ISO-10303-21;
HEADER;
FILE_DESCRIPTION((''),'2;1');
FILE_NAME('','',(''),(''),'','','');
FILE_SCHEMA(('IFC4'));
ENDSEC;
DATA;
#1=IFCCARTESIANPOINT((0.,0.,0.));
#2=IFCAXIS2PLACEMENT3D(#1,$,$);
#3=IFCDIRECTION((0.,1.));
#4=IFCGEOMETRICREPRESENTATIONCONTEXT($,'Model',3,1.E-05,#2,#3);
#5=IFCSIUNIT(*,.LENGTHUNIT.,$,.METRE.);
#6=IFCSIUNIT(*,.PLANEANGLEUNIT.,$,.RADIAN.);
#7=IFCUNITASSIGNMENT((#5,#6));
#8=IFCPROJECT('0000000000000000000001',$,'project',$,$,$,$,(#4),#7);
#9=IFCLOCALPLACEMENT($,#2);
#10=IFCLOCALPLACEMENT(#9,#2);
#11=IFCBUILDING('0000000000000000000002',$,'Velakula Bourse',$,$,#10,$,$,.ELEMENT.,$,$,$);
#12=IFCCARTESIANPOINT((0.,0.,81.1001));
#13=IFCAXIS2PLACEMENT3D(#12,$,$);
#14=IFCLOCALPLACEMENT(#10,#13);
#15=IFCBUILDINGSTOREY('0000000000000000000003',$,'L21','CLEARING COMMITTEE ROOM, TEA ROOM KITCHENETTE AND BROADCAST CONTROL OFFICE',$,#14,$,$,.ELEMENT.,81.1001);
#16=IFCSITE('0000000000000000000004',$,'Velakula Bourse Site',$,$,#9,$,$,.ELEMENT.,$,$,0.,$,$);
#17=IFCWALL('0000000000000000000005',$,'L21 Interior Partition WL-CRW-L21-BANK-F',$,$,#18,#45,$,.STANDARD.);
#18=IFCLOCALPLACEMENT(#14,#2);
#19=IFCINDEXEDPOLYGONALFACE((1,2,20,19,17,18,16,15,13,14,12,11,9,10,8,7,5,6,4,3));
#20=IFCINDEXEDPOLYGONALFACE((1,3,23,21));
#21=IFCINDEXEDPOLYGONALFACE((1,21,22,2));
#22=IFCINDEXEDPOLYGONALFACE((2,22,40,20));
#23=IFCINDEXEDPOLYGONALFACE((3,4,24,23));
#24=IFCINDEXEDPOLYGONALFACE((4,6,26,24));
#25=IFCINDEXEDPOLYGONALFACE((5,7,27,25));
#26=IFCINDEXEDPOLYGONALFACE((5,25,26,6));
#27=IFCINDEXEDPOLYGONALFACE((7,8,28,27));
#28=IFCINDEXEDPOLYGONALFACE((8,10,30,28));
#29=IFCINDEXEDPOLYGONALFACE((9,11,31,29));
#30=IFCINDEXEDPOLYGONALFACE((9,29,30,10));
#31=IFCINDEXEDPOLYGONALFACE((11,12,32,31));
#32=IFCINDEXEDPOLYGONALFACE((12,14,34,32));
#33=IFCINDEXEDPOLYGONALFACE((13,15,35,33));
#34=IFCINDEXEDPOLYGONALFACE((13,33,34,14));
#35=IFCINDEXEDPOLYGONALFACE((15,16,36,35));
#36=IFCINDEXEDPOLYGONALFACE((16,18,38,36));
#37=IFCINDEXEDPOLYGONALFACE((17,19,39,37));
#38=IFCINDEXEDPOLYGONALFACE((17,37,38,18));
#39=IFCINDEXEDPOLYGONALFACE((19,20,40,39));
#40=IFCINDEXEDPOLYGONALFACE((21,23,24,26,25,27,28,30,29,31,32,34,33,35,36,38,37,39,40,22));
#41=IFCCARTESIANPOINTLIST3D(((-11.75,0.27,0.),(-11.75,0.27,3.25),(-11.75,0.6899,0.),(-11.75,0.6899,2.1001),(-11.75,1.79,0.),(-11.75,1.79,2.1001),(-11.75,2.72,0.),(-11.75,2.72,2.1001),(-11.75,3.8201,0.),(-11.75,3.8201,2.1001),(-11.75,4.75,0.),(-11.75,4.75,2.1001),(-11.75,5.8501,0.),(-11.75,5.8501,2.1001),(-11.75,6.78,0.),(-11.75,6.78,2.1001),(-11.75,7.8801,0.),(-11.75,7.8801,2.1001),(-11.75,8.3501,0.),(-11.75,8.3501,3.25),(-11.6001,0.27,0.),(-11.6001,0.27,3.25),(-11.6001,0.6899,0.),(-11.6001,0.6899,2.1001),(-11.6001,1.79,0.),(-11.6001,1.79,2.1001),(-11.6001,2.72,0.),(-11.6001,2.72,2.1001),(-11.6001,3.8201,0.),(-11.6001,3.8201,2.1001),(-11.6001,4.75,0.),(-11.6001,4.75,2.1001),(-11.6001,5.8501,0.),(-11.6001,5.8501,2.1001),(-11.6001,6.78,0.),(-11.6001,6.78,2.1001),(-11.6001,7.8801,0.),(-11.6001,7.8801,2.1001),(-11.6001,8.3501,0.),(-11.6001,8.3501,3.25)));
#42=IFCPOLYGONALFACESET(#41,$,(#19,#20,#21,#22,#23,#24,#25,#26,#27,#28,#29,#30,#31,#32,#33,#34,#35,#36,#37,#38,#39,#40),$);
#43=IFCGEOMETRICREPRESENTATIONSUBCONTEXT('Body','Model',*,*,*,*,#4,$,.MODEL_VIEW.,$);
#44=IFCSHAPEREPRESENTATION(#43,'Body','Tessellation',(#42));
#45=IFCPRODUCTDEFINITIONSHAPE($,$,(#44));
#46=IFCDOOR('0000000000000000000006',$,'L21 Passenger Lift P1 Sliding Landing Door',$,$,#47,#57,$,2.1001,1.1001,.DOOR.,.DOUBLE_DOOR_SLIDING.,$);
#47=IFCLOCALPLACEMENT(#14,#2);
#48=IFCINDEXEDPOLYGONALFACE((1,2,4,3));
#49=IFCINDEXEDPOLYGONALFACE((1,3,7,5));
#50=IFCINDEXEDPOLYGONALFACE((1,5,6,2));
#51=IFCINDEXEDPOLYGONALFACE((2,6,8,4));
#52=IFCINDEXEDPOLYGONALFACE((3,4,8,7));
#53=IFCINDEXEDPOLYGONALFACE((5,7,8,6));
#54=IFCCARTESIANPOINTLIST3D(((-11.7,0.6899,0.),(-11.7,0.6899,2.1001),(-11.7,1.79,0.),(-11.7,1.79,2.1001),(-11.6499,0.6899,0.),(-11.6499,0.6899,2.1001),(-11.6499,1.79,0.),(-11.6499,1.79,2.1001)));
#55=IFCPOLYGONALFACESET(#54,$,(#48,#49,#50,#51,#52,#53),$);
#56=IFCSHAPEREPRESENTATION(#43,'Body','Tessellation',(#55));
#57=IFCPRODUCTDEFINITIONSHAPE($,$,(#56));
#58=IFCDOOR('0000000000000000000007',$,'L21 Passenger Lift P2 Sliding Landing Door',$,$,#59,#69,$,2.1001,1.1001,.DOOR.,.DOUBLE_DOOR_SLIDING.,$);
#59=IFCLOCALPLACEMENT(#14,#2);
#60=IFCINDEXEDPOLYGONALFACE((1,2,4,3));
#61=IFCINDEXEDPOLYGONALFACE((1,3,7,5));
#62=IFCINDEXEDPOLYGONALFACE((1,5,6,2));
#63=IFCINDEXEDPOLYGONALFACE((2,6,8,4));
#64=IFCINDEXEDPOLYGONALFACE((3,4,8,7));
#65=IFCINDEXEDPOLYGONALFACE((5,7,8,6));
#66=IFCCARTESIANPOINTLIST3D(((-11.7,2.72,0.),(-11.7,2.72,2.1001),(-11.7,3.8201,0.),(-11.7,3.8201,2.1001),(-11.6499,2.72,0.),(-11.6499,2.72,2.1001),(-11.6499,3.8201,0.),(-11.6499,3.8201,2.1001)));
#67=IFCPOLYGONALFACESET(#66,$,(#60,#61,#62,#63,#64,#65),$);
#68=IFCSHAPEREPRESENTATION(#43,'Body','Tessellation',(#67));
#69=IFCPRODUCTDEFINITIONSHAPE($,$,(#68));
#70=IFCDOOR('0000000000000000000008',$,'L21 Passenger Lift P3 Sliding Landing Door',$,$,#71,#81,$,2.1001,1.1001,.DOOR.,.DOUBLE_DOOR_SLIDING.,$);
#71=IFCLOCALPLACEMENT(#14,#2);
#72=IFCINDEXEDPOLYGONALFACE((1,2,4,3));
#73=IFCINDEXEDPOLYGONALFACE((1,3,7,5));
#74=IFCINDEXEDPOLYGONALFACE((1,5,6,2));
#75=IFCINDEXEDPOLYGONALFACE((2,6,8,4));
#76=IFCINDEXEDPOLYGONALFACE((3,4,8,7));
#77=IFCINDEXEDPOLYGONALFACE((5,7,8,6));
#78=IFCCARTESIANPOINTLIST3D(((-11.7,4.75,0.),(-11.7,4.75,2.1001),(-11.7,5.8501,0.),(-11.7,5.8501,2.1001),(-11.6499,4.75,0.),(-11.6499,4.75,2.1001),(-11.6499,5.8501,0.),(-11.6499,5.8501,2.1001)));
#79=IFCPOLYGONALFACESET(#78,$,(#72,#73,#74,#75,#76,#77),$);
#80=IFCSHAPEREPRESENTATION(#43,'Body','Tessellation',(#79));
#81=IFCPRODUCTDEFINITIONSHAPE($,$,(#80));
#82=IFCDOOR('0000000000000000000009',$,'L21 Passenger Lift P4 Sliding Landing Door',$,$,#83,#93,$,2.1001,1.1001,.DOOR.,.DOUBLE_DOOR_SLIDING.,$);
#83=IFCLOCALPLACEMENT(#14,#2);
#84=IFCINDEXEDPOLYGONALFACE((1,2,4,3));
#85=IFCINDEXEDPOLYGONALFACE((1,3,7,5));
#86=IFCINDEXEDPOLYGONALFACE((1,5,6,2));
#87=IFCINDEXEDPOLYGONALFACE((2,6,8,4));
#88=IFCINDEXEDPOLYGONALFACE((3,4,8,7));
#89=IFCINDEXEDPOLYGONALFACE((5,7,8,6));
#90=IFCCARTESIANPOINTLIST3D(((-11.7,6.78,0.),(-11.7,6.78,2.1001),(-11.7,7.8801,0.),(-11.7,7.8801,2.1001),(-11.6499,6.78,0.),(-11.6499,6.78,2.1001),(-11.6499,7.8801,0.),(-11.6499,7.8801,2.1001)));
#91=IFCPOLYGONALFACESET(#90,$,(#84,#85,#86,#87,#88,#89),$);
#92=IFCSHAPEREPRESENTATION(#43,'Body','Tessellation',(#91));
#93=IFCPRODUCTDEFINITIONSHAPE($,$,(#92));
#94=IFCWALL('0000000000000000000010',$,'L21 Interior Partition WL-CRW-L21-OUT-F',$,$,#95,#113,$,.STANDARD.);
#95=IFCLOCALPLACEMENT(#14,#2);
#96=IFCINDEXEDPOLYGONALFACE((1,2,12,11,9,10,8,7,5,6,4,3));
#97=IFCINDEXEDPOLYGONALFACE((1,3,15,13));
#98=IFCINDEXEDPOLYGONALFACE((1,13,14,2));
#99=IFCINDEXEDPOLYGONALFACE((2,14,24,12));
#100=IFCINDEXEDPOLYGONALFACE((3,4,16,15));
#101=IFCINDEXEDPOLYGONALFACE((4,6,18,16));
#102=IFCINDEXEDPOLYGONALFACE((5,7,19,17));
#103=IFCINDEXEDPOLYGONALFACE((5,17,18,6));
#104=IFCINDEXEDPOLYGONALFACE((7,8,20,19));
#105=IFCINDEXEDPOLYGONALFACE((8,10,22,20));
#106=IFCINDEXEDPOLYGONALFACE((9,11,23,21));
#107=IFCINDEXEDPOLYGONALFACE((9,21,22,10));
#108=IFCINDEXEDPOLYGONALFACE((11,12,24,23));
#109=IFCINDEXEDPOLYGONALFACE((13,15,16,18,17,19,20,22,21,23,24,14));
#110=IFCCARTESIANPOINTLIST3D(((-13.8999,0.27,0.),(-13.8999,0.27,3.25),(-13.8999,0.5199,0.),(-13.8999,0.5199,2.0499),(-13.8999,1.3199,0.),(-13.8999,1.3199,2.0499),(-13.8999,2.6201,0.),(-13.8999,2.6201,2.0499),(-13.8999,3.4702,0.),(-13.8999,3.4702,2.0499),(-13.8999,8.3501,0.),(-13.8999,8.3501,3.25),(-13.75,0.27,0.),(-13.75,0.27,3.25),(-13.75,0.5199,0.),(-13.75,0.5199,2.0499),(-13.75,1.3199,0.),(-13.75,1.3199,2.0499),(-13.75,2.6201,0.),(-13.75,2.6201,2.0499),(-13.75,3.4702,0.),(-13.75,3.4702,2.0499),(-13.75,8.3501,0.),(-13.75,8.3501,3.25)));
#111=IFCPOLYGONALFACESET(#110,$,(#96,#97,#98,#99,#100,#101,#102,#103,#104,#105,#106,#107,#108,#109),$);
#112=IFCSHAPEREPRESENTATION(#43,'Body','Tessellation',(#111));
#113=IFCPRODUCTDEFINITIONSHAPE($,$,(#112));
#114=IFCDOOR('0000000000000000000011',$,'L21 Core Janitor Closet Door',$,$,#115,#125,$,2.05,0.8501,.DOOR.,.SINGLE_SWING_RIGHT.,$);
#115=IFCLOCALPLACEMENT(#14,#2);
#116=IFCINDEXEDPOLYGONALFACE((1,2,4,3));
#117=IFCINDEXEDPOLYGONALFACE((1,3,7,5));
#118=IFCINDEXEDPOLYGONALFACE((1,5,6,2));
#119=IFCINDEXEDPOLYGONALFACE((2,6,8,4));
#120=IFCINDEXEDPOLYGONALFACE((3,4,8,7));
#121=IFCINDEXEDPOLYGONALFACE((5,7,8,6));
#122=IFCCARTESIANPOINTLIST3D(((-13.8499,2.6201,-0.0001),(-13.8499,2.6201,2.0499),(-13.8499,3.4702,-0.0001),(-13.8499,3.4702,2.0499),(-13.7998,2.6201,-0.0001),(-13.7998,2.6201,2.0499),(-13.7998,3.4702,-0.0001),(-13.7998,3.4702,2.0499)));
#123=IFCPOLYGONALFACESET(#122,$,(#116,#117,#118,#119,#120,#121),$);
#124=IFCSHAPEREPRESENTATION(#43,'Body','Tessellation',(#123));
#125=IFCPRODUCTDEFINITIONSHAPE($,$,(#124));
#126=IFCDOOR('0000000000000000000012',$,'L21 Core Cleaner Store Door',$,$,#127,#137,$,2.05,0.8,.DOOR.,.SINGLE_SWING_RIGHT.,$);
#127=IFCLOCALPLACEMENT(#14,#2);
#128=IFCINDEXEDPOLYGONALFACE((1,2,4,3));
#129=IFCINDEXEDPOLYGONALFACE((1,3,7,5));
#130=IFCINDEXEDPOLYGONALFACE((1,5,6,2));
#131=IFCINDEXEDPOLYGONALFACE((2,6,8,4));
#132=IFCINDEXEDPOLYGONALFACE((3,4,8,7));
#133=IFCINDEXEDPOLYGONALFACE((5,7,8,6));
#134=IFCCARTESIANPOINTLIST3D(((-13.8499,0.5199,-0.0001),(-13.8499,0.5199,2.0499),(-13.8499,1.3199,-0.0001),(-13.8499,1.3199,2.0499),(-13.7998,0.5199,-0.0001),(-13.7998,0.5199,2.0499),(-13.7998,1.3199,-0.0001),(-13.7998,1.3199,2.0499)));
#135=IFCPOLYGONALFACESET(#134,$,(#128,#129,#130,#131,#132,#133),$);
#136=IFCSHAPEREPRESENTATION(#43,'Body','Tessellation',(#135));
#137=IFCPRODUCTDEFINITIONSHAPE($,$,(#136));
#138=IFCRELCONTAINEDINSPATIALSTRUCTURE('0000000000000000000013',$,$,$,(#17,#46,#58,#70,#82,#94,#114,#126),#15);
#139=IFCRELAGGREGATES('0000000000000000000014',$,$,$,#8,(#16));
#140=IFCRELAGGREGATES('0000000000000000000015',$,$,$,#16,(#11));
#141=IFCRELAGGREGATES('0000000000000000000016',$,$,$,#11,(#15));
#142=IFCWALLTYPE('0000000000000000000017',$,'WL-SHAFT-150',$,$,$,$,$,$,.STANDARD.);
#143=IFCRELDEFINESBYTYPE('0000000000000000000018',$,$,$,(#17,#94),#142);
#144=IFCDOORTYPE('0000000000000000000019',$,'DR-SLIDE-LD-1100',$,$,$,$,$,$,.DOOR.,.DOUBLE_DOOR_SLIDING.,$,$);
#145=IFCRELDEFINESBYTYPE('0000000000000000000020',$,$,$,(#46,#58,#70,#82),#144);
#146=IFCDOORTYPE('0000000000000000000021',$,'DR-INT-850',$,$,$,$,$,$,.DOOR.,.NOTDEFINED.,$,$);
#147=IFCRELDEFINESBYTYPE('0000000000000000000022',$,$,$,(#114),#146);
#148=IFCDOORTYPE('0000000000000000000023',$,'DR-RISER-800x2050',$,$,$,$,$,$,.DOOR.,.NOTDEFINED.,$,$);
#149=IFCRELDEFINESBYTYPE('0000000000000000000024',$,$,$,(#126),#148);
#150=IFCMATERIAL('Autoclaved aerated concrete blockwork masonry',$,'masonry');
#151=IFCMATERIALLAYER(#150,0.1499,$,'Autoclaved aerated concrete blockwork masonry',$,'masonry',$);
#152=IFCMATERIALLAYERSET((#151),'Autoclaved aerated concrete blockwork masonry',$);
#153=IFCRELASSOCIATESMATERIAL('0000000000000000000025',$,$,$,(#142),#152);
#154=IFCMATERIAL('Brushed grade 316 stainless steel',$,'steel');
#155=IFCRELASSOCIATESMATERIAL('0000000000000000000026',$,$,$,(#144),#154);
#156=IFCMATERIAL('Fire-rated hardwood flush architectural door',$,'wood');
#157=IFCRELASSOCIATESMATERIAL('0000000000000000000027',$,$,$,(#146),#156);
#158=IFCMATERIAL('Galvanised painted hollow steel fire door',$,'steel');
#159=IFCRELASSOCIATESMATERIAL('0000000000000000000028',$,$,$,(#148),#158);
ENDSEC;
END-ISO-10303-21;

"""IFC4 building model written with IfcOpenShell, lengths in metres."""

from ifc_helpers import new_model, si_unit, direction, frame, frame_2d, origin, place, context, subcontext, project, spatial, rectangle, extrude, material, layer, layer_set, type_object, element, fill, save


model = new_model("IFC4")

# Units and contexts
model_context = context("Model", 3, precision=1e-05, world=origin(), true_north=direction((0.0, 1.0)))
body_context = subcontext(model_context, "Body", "Model", "MODEL_VIEW")
ifc_project = project(units=[si_unit("LENGTHUNIT", "METRE"), si_unit("PLANEANGLEUNIT", "RADIAN")], contexts=[model_context])

# Site, building, storey
site_placement = place(None, origin())
site = spatial("IfcSite", under=ifc_project, at=site_placement, Name="Velakula Bourse Site", CompositionType="ELEMENT", RefElevation=0.0)
building_placement = place(site_placement, origin())
building = spatial("IfcBuilding", under=site, at=building_placement, Name="Velakula Bourse", CompositionType="ELEMENT")
storey_placement = place(building_placement, frame((0.0, 0.0, 81.1001)))
storey = spatial("IfcBuildingStorey", under=building, at=storey_placement, Name="L21", Description="CLEARING COMMITTEE ROOM, TEA ROOM KITCHENETTE AND BROADCAST CONTROL OFFICE", CompositionType="ELEMENT", Elevation=81.1001)

# Shared definitions
ifc_material_1 = material(Name="Autoclaved aerated concrete blockwork masonry", Category="masonry")
ifc_layer_1 = layer(ifc_material_1, 0.1499, Name="Autoclaved aerated concrete blockwork masonry", Category="masonry")
ifc_layer_set_1 = layer_set([ifc_layer_1], Name="Autoclaved aerated concrete blockwork masonry")
wall_type_1 = type_object("IfcWallType", Name="WL-SHAFT-150", PredefinedType="STANDARD", material=ifc_layer_set_1)

# Walls, openings, doors
wall_1_placement = place(storey_placement, frame((-11.675, 0.27, 0.0), z_axis=(0.0, 0.0, 1.0), x_axis=(0.0, 1.0, 0.0)))
wall_1 = element("IfcWall", 1, at=wall_1_placement, inside=storey, type_object=wall_type_1, Name="L21 Interior Partition WL-CRW-L21-BANK-F", PredefinedType="STANDARD", context=body_context, shape_type="SweptSolid", body=[
    extrude(rectangle(XDim=8.0801, YDim=0.1499, at=frame_2d((4.04, 0.0))), origin(), (0.0, 0.0, 1.0), 3.25),
])
opening_1_placement = place(wall_1_placement, frame((0.4199, 0.0, 0.0)))
opening_1 = element("IfcOpeningElement", 2, at=opening_1_placement, cuts=wall_1, PredefinedType="OPENING", context=body_context, shape_type="SweptSolid", body=[
    extrude(rectangle(XDim=1.1001, YDim=2.1001, at=frame_2d((0.55, 1.05))), frame((0.0, 0.085, 0.0), z_axis=(0.0, -1.0, 0.0), x_axis=(1.0, 0.0, 0.0)), (0.0, 0.0, 1.0), 0.1699),
])
opening_2_placement = place(wall_1_placement, frame((2.45, 0.0, 0.0)))
opening_2 = element("IfcOpeningElement", 3, at=opening_2_placement, cuts=wall_1, PredefinedType="OPENING", context=body_context, shape_type="SweptSolid", body=[
    extrude(rectangle(XDim=1.1001, YDim=2.1001, at=frame_2d((0.55, 1.05))), frame((0.0, 0.085, 0.0), z_axis=(0.0, -1.0, 0.0), x_axis=(1.0, 0.0, 0.0)), (0.0, 0.0, 1.0), 0.1699),
])
opening_3_placement = place(wall_1_placement, frame((4.48, 0.0, 0.0)))
opening_3 = element("IfcOpeningElement", 4, at=opening_3_placement, cuts=wall_1, PredefinedType="OPENING", context=body_context, shape_type="SweptSolid", body=[
    extrude(rectangle(XDim=1.1001, YDim=2.1001, at=frame_2d((0.55, 1.05))), frame((0.0, 0.085, 0.0), z_axis=(0.0, -1.0, 0.0), x_axis=(1.0, 0.0, 0.0)), (0.0, 0.0, 1.0), 0.1699),
])
opening_4_placement = place(wall_1_placement, frame((6.51, 0.0, 0.0)))
opening_4 = element("IfcOpeningElement", 5, at=opening_4_placement, cuts=wall_1, PredefinedType="OPENING", context=body_context, shape_type="SweptSolid", body=[
    extrude(rectangle(XDim=1.1001, YDim=2.1001, at=frame_2d((0.55, 1.05))), frame((0.0, 0.085, 0.0), z_axis=(0.0, -1.0, 0.0), x_axis=(1.0, 0.0, 0.0)), (0.0, 0.0, 1.0), 0.1699),
])
ifc_material_2 = material(Name="Brushed grade 316 stainless steel", Category="steel")
door_type_1 = type_object("IfcDoorType", Name="DR-SLIDE-LD-1100", OperationType="DOUBLE_DOOR_SLIDING", PredefinedType="DOOR", material=ifc_material_2)
door_1_placement = place(opening_1_placement, origin())
door_1 = element("IfcDoor", 6, at=door_1_placement, inside=storey, type_object=door_type_1, Name="L21 Passenger Lift P1 Sliding Landing Door", OperationType="DOUBLE_DOOR_SLIDING", OverallHeight=2.1001, OverallWidth=1.1001, PredefinedType="DOOR", context=body_context, shape_type="SweptSolid", body=[
    extrude(rectangle(XDim=1.1001, YDim=2.1001, at=frame_2d((0.55, 1.05))), frame((0.0, 0.0249, 0.0), z_axis=(0.0, -1.0, 0.0), x_axis=(1.0, 0.0, 0.0)), (0.0, 0.0, 1.0), 0.05),
])
fill(opening_1, door_1)
door_2_placement = place(opening_2_placement, origin())
door_2 = element("IfcDoor", 7, at=door_2_placement, inside=storey, type_object=door_type_1, Name="L21 Passenger Lift P2 Sliding Landing Door", OperationType="DOUBLE_DOOR_SLIDING", OverallHeight=2.1001, OverallWidth=1.1001, PredefinedType="DOOR", context=body_context, shape_type="SweptSolid", body=[
    extrude(rectangle(XDim=1.1001, YDim=2.1001, at=frame_2d((0.55, 1.05))), frame((0.0, 0.0249, 0.0), z_axis=(0.0, -1.0, 0.0), x_axis=(1.0, 0.0, 0.0)), (0.0, 0.0, 1.0), 0.05),
])
fill(opening_2, door_2)
door_3_placement = place(opening_3_placement, origin())
door_3 = element("IfcDoor", 8, at=door_3_placement, inside=storey, type_object=door_type_1, Name="L21 Passenger Lift P3 Sliding Landing Door", OperationType="DOUBLE_DOOR_SLIDING", OverallHeight=2.1001, OverallWidth=1.1001, PredefinedType="DOOR", context=body_context, shape_type="SweptSolid", body=[
    extrude(rectangle(XDim=1.1001, YDim=2.1001, at=frame_2d((0.55, 1.05))), frame((0.0, 0.0249, 0.0), z_axis=(0.0, -1.0, 0.0), x_axis=(1.0, 0.0, 0.0)), (0.0, 0.0, 1.0), 0.05),
])
fill(opening_3, door_3)
door_4_placement = place(opening_4_placement, origin())
door_4 = element("IfcDoor", 9, at=door_4_placement, inside=storey, type_object=door_type_1, Name="L21 Passenger Lift P4 Sliding Landing Door", OperationType="DOUBLE_DOOR_SLIDING", OverallHeight=2.1001, OverallWidth=1.1001, PredefinedType="DOOR", context=body_context, shape_type="SweptSolid", body=[
    extrude(rectangle(XDim=1.1001, YDim=2.1001, at=frame_2d((0.55, 1.05))), frame((0.0, 0.0249, 0.0), z_axis=(0.0, -1.0, 0.0), x_axis=(1.0, 0.0, 0.0)), (0.0, 0.0, 1.0), 0.05),
])
fill(opening_4, door_4)
wall_2_placement = place(storey_placement, frame((-13.825, 0.27, 0.0), z_axis=(0.0, 0.0, 1.0), x_axis=(0.0, 1.0, 0.0)))
wall_2 = element("IfcWall", 10, at=wall_2_placement, inside=storey, type_object=wall_type_1, Name="L21 Interior Partition WL-CRW-L21-OUT-F", PredefinedType="STANDARD", context=body_context, shape_type="SweptSolid", body=[
    extrude(rectangle(XDim=8.0801, YDim=0.1499, at=frame_2d((4.04, 0.0))), origin(), (0.0, 0.0, 1.0), 3.25),
])
opening_5_placement = place(wall_2_placement, frame((0.25, 0.0, 0.0)))
opening_5 = element("IfcOpeningElement", 11, at=opening_5_placement, cuts=wall_2, PredefinedType="OPENING", context=body_context, shape_type="SweptSolid", body=[
    extrude(rectangle(XDim=0.8, YDim=2.05, at=frame_2d((0.3999, 1.0249))), frame((0.0, 0.085, 0.0), z_axis=(0.0, -1.0, 0.0), x_axis=(1.0, 0.0, 0.0)), (0.0, 0.0, 1.0), 0.1699),
])
opening_6_placement = place(wall_2_placement, frame((2.3501, 0.0, 0.0)))
opening_6 = element("IfcOpeningElement", 12, at=opening_6_placement, cuts=wall_2, PredefinedType="OPENING", context=body_context, shape_type="SweptSolid", body=[
    extrude(rectangle(XDim=0.8501, YDim=2.05, at=frame_2d((0.425, 1.0249))), frame((0.0, 0.085, 0.0), z_axis=(0.0, -1.0, 0.0), x_axis=(1.0, 0.0, 0.0)), (0.0, 0.0, 1.0), 0.1699),
])
ifc_material_3 = material(Name="Fire-rated hardwood flush architectural door", Category="wood")
door_type_2 = type_object("IfcDoorType", Name="DR-INT-850", OperationType="NOTDEFINED", PredefinedType="DOOR", material=ifc_material_3)
door_5_placement = place(opening_6_placement, origin())
door_5 = element("IfcDoor", 13, at=door_5_placement, inside=storey, type_object=door_type_2, Name="L21 Core Janitor Closet Door", OperationType="SINGLE_SWING_RIGHT", OverallHeight=2.05, OverallWidth=0.8501, PredefinedType="DOOR", context=body_context, shape_type="SweptSolid", body=[
    extrude(rectangle(XDim=0.8501, YDim=2.05, at=frame_2d((0.425, 1.0249))), frame((0.0, 0.0249, 0.0), z_axis=(0.0, -1.0, 0.0), x_axis=(1.0, 0.0, 0.0)), (0.0, 0.0, 1.0), 0.05),
])
fill(opening_6, door_5)
ifc_material_4 = material(Name="Galvanised painted hollow steel fire door", Category="steel")
door_type_3 = type_object("IfcDoorType", Name="DR-RISER-800x2050", OperationType="NOTDEFINED", PredefinedType="DOOR", material=ifc_material_4)
door_6_placement = place(opening_5_placement, origin())
door_6 = element("IfcDoor", 14, at=door_6_placement, inside=storey, type_object=door_type_3, Name="L21 Core Cleaner Store Door", OperationType="SINGLE_SWING_RIGHT", OverallHeight=2.05, OverallWidth=0.8, PredefinedType="DOOR", context=body_context, shape_type="SweptSolid", body=[
    extrude(rectangle(XDim=0.8, YDim=2.05, at=frame_2d((0.3999, 1.0249))), frame((0.0, 0.0249, 0.0), z_axis=(0.0, -1.0, 0.0), x_axis=(1.0, 0.0, 0.0)), (0.0, 0.0, 1.0), 0.05),
])
fill(opening_5, door_6)

save(model, "model.ifc")
